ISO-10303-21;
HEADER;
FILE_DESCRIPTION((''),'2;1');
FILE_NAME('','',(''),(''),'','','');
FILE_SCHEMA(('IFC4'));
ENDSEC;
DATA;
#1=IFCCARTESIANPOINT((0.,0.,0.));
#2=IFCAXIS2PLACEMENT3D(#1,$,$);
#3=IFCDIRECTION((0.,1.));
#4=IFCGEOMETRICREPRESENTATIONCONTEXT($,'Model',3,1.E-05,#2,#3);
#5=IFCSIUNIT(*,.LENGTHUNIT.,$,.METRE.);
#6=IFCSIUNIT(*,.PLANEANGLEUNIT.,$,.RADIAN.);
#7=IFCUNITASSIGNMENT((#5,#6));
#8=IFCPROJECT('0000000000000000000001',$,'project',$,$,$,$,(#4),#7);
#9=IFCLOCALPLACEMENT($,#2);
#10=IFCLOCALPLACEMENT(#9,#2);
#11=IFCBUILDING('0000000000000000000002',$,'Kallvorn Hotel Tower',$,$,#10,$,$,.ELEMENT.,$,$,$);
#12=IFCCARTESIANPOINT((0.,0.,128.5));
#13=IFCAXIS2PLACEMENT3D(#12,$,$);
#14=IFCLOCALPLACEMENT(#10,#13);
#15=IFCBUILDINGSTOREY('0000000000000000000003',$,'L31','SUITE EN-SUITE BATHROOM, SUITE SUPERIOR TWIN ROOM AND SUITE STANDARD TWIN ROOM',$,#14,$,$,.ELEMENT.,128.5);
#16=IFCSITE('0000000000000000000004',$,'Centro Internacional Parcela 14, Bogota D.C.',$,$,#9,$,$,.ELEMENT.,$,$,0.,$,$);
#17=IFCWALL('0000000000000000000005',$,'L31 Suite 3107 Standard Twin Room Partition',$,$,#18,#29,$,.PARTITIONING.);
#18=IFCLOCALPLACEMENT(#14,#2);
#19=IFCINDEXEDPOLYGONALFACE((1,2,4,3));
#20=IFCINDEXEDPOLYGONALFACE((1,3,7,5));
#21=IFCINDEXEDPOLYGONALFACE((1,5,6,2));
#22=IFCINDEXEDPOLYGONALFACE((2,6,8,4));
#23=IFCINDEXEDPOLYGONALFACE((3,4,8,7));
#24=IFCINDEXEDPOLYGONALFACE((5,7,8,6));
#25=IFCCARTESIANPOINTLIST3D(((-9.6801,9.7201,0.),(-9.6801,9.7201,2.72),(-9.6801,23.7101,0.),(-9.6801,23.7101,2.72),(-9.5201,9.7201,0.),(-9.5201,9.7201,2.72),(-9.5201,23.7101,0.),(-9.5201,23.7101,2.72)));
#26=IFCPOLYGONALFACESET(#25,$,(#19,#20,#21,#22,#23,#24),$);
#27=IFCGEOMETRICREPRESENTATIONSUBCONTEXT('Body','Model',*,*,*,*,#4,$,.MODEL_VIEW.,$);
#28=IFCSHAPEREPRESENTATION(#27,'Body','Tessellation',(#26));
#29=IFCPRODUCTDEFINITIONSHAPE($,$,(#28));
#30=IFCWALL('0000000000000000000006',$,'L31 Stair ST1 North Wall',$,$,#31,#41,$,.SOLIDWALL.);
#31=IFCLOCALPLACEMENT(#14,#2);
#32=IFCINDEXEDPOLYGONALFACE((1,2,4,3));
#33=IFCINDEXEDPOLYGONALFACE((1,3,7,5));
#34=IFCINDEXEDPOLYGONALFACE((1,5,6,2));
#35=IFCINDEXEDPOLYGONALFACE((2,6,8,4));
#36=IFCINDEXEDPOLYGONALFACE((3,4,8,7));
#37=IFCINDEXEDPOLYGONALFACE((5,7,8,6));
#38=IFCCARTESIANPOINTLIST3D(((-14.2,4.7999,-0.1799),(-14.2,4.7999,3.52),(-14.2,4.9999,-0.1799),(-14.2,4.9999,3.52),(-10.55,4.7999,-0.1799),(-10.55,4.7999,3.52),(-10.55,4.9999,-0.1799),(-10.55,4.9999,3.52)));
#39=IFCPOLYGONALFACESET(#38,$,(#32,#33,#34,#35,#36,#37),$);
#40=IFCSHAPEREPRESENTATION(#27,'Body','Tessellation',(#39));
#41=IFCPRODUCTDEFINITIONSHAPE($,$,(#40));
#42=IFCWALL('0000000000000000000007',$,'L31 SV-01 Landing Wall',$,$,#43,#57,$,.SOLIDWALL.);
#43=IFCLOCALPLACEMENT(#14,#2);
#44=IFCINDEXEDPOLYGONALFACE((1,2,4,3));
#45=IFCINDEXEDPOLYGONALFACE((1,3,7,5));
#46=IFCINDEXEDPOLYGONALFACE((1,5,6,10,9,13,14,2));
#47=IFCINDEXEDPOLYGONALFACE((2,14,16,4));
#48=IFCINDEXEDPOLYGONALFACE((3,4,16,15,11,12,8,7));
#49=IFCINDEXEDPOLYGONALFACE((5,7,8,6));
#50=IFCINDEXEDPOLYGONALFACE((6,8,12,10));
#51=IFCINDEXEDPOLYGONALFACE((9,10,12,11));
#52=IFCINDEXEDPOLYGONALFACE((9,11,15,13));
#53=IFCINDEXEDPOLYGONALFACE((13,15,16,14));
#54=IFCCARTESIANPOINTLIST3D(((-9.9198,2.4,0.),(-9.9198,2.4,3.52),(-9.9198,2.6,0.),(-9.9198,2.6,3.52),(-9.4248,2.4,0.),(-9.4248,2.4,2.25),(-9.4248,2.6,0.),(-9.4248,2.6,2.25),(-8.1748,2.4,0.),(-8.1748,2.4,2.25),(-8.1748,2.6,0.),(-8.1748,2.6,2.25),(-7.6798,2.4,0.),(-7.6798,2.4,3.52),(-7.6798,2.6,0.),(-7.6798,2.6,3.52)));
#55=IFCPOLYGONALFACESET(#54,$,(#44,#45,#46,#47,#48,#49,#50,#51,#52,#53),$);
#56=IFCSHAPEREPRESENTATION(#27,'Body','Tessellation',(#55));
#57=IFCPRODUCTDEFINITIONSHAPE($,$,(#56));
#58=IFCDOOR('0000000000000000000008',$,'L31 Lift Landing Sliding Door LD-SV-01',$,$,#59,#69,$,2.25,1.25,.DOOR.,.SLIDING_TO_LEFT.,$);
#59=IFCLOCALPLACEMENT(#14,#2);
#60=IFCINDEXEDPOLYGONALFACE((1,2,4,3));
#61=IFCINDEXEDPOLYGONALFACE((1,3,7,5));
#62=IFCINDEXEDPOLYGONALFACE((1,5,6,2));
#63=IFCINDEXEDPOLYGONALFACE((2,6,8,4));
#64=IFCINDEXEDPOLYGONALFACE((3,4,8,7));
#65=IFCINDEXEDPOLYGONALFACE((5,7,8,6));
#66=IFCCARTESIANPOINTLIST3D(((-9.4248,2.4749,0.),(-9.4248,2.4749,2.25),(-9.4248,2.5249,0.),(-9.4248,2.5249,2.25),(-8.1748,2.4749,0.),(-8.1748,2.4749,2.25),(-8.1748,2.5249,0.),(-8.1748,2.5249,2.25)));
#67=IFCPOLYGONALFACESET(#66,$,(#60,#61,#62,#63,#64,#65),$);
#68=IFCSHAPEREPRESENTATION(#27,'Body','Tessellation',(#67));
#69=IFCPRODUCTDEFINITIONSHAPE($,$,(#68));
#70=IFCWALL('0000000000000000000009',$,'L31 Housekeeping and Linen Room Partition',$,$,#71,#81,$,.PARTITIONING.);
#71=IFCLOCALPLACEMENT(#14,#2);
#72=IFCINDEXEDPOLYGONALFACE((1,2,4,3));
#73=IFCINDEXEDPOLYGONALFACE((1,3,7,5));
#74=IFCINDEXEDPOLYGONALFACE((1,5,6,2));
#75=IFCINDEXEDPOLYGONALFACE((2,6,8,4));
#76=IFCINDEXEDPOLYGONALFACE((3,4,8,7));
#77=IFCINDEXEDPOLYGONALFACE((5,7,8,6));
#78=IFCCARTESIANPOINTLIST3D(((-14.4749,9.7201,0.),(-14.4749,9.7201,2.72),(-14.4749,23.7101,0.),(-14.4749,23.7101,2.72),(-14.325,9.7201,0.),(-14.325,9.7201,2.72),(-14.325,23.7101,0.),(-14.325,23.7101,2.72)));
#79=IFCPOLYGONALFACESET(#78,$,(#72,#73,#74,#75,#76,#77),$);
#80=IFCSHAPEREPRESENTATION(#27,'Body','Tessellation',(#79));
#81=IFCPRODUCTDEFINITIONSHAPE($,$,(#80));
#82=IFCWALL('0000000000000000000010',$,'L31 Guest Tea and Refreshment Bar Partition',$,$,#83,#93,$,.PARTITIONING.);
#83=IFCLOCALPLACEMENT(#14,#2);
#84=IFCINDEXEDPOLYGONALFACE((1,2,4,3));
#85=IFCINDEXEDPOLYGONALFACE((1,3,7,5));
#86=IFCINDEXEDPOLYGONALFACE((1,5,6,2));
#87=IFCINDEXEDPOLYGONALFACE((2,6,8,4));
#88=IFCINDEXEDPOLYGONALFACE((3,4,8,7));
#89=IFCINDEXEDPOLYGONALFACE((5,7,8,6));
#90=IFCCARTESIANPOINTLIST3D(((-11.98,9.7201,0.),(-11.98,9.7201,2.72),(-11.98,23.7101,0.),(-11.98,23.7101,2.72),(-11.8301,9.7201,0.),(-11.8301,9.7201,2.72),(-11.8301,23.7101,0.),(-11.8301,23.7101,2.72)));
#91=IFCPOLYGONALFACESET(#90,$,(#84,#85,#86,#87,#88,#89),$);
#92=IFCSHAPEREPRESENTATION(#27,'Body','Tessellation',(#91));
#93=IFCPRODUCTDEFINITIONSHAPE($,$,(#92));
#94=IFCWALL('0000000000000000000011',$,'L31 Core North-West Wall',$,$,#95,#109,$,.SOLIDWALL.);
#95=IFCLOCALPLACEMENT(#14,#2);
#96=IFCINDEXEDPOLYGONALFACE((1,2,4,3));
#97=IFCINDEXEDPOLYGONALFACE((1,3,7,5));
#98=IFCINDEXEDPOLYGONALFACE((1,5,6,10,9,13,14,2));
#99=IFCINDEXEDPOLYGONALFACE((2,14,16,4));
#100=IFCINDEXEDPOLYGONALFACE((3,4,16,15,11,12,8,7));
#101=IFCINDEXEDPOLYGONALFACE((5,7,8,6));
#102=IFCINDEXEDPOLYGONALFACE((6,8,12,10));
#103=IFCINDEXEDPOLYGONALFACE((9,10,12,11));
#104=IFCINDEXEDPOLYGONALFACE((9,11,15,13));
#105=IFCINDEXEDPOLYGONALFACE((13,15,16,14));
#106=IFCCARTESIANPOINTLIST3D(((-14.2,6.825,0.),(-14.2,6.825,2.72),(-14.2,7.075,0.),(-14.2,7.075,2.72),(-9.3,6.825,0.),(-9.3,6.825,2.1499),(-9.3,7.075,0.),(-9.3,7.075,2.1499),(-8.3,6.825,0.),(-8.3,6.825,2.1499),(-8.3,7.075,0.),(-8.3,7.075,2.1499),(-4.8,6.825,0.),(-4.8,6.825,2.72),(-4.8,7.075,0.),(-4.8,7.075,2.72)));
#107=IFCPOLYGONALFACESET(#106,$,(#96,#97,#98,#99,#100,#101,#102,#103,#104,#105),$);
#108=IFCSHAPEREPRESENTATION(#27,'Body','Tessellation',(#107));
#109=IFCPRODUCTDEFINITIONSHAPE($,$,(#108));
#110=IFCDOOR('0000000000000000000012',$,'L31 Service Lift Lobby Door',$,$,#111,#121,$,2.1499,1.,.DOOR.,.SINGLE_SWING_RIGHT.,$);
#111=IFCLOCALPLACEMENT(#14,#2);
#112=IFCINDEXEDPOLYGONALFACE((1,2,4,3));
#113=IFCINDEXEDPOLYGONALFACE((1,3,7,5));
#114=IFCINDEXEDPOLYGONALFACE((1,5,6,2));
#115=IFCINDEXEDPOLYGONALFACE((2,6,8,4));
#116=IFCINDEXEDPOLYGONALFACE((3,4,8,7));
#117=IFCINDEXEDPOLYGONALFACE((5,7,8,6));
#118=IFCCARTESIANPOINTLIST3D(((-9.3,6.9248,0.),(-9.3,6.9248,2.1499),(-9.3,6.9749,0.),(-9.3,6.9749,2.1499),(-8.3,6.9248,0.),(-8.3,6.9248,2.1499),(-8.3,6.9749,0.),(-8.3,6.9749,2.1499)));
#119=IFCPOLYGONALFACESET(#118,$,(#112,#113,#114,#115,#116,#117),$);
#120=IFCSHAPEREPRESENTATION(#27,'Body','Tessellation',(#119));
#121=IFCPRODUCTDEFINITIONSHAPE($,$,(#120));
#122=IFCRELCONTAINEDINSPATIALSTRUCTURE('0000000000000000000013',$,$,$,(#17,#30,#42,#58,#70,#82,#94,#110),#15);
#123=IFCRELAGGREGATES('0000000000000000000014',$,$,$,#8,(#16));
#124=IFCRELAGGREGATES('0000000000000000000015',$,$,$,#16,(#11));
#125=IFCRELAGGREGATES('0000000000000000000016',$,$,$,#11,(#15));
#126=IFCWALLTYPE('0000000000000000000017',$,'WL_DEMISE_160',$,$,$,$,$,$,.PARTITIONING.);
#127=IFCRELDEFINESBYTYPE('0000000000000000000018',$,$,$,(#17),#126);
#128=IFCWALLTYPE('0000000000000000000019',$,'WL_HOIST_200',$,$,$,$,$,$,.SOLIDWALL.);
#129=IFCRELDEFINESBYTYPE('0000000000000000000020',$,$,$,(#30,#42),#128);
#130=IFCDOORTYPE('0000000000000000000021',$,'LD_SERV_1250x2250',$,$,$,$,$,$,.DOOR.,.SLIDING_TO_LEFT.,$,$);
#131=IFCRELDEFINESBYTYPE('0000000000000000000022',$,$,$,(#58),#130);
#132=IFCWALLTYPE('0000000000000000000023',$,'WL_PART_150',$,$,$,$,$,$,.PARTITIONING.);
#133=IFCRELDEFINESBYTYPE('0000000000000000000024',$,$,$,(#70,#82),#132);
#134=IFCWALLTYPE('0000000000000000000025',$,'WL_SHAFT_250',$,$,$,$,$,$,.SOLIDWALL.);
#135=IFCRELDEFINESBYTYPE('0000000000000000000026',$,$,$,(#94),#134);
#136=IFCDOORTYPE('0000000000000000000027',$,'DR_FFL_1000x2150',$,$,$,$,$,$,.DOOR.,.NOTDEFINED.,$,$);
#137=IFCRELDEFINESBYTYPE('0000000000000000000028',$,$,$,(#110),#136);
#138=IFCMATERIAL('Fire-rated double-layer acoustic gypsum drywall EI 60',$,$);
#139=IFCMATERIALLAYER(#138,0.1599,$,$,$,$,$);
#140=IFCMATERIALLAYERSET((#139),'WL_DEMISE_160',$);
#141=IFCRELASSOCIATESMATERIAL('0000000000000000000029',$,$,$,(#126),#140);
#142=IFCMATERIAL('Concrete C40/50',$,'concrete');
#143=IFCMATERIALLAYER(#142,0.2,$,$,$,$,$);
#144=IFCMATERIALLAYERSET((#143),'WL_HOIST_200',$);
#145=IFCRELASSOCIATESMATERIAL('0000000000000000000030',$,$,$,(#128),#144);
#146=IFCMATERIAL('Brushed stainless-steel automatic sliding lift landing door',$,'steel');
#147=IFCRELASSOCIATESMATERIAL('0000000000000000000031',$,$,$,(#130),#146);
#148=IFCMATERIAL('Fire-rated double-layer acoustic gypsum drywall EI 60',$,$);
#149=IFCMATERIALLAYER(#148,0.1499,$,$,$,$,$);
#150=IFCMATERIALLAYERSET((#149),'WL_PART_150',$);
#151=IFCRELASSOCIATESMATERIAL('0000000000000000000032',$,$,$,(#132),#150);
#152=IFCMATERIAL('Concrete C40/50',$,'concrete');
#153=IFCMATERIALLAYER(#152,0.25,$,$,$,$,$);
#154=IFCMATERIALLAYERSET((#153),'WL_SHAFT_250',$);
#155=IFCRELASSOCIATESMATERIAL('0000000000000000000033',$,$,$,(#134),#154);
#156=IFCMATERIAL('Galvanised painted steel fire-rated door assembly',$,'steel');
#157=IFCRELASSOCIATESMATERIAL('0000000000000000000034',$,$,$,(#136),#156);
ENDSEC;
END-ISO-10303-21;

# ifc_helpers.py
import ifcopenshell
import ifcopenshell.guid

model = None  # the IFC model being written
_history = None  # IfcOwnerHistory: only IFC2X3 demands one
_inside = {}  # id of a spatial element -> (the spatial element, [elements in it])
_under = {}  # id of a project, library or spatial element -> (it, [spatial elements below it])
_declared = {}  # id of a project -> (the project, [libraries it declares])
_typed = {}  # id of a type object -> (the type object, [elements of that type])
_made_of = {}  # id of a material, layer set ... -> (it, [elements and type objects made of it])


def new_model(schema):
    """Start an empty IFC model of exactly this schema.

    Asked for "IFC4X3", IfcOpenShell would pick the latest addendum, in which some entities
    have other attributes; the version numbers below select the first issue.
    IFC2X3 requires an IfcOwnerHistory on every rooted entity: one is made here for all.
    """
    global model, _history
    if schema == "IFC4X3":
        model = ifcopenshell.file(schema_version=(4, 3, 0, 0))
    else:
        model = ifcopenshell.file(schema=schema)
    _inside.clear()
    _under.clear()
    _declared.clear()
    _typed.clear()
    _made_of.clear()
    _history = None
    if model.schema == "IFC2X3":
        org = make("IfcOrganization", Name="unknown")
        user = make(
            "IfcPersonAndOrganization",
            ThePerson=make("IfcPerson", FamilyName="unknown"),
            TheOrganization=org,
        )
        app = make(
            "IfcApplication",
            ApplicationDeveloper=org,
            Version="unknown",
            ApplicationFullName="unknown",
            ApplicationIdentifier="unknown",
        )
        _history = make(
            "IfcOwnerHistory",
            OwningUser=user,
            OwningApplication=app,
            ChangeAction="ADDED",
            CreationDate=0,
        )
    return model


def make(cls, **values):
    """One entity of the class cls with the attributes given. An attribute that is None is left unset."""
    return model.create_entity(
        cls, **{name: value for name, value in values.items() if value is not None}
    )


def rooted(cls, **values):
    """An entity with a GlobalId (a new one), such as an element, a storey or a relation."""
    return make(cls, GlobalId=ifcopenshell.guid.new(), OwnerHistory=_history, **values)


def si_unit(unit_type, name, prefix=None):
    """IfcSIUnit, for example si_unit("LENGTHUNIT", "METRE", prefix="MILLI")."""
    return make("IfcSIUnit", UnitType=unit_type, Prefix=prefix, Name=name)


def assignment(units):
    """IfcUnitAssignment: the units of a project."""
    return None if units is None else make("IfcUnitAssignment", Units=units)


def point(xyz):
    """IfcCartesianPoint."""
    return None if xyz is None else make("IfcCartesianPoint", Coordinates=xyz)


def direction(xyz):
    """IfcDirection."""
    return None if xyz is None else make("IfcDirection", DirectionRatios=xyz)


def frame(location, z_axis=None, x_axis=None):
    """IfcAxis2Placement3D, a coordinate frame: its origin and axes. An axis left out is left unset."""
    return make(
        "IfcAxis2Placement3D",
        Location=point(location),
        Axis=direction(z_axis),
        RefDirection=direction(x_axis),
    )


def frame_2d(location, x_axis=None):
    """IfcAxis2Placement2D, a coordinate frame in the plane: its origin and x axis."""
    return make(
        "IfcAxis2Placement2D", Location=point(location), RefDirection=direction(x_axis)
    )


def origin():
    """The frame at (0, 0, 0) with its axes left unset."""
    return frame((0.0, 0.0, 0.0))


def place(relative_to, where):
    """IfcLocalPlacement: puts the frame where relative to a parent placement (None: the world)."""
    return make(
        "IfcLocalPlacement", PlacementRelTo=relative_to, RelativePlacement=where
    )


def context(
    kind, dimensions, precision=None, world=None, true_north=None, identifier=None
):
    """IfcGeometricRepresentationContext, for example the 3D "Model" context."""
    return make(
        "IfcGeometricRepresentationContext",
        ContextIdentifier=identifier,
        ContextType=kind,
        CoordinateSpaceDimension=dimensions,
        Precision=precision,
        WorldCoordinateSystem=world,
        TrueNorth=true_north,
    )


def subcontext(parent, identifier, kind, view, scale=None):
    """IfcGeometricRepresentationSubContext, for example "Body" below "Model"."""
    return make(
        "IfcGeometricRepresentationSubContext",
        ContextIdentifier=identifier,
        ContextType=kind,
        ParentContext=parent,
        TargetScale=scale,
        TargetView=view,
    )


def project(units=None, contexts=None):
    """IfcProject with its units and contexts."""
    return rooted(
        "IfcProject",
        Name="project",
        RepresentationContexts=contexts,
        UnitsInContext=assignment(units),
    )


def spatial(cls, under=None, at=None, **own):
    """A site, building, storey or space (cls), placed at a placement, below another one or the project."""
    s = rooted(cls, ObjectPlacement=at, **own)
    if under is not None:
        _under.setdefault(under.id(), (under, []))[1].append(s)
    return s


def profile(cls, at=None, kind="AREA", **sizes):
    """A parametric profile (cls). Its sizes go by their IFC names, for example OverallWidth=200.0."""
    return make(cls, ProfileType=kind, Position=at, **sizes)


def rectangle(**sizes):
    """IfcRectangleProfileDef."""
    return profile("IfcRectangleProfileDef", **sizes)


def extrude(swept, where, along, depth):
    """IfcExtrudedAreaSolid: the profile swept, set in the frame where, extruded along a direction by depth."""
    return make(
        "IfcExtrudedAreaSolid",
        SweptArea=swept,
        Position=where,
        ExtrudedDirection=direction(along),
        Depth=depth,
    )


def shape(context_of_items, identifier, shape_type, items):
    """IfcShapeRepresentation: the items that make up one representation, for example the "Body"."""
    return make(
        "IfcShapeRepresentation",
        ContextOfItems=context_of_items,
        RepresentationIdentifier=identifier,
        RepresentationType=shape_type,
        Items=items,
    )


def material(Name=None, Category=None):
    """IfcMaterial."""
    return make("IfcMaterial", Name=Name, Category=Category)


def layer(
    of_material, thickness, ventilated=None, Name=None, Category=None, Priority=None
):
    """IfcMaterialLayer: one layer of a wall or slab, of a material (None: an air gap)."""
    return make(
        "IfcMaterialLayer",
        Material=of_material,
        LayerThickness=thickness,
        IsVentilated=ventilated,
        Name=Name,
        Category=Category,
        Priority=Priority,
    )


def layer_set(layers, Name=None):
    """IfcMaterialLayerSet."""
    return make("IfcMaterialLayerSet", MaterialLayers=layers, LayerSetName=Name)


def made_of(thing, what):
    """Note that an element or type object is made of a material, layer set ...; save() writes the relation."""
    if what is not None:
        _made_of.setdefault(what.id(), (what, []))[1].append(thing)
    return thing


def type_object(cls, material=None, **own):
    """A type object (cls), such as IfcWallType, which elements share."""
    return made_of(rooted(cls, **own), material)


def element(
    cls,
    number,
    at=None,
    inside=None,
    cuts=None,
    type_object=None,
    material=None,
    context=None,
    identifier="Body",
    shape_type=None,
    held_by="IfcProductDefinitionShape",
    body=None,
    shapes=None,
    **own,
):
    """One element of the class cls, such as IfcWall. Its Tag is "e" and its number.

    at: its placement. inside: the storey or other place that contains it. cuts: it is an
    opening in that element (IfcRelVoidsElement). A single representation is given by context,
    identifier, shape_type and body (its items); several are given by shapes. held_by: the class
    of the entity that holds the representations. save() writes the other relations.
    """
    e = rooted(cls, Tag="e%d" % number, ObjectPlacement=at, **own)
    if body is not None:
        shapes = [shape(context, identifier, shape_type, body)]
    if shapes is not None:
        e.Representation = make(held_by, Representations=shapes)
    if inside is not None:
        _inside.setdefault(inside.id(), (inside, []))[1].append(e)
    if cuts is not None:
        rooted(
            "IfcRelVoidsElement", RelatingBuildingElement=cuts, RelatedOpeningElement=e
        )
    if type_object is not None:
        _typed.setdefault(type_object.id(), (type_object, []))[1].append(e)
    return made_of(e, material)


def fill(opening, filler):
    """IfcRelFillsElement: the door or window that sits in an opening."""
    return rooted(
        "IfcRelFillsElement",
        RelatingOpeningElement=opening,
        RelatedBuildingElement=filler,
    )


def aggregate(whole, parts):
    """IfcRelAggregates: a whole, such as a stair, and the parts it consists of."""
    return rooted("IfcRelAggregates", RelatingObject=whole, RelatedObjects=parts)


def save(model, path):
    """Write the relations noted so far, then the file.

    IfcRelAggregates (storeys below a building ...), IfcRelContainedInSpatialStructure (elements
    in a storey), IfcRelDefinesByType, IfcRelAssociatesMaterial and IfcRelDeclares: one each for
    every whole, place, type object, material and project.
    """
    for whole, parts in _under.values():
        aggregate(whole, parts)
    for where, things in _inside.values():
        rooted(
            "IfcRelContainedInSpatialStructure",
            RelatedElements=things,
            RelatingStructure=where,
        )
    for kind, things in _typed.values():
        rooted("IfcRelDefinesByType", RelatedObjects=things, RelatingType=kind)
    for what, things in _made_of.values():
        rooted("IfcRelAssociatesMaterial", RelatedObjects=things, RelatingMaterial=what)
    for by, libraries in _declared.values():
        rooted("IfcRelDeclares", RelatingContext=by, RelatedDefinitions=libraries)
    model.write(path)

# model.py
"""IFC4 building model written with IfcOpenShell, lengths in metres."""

from ifc_helpers import new_model, si_unit, direction, frame, frame_2d, origin, place, context, subcontext, project, spatial, rectangle, extrude, material, layer, layer_set, type_object, element, fill, save


model = new_model("IFC4")

# Units and contexts
model_context = context("Model", 3, precision=1e-05, world=origin(), true_north=direction((0.0, 1.0)))
body_context = subcontext(model_context, "Body", "Model", "MODEL_VIEW")
ifc_project = project(units=[si_unit("LENGTHUNIT", "METRE"), si_unit("PLANEANGLEUNIT", "RADIAN")], contexts=[model_context])

# Site, building, storey
site_placement = place(None, origin())
site = spatial("IfcSite", under=ifc_project, at=site_placement, Name="Centro Internacional Parcela 14, Bogota D.C.", CompositionType="ELEMENT", RefElevation=0.0)
building_placement = place(site_placement, origin())
building = spatial("IfcBuilding", under=site, at=building_placement, Name="Kallvorn Hotel Tower", CompositionType="ELEMENT")
storey_placement = place(building_placement, frame((0.0, 0.0, 128.5)))
storey = spatial("IfcBuildingStorey", under=building, at=storey_placement, Name="L31", Description="SUITE EN-SUITE BATHROOM, SUITE SUPERIOR TWIN ROOM AND SUITE STANDARD TWIN ROOM", CompositionType="ELEMENT", Elevation=128.5)

# Shared definitions
ifc_material_1 = material(Name="Fire-rated double-layer acoustic gypsum drywall EI 60")
ifc_layer_1 = layer(ifc_material_1, 0.1599)
ifc_layer_set_1 = layer_set([ifc_layer_1], Name="WL_DEMISE_160")
wall_type_1 = type_object("IfcWallType", Name="WL_DEMISE_160", PredefinedType="PARTITIONING", material=ifc_layer_set_1)

# Walls
wall_1_placement = place(storey_placement, frame((-9.6001, 9.72, 0.0), z_axis=(0.0, 0.0, 1.0), x_axis=(0.0, 1.0, 0.0)))
element("IfcWall", 1, at=wall_1_placement, inside=storey, type_object=wall_type_1, Name="L31 Suite 3107 Standard Twin Room Partition", PredefinedType="PARTITIONING", context=body_context, shape_type="SweptSolid", body=[
    extrude(rectangle(XDim=13.99, YDim=0.1599, at=frame_2d((6.9951, 0.0))), origin(), (0.0, 0.0, 1.0), 2.72),
])
ifc_material_2 = material(Name="Concrete C40/50", Category="concrete")
ifc_layer_2 = layer(ifc_material_2, 0.2)
ifc_layer_set_2 = layer_set([ifc_layer_2], Name="WL_HOIST_200")
wall_type_2 = type_object("IfcWallType", Name="WL_HOIST_200", PredefinedType="SOLIDWALL", material=ifc_layer_set_2)
wall_2_placement = place(storey_placement, frame((-14.2, 4.8999, -0.1799), z_axis=(0.0, 0.0, 1.0), x_axis=(1.0, 0.0, 0.0)))
element("IfcWall", 2, at=wall_2_placement, inside=storey, type_object=wall_type_2, Name="L31 Stair ST1 North Wall", PredefinedType="SOLIDWALL", context=body_context, shape_type="SweptSolid", body=[
    extrude(rectangle(XDim=3.6499, YDim=0.2, at=frame_2d((1.825, 0.0))), origin(), (0.0, 0.0, 1.0), 3.7),
])

# Wall, opening, door
wall_3_placement = place(storey_placement, frame((-9.9199, 2.5, 0.0), z_axis=(0.0, 0.0, 1.0), x_axis=(1.0, 0.0, 0.0)))
wall_3 = element("IfcWall", 3, at=wall_3_placement, inside=storey, type_object=wall_type_2, Name="L31 SV-01 Landing Wall", PredefinedType="SOLIDWALL", context=body_context, shape_type="SweptSolid", body=[
    extrude(rectangle(XDim=2.24, YDim=0.2, at=frame_2d((1.1201, 0.0))), origin(), (0.0, 0.0, 1.0), 3.52),
])
opening_1_placement = place(wall_3_placement, frame((0.4951, 0.0, 0.0)))
opening_1 = element("IfcOpeningElement", 4, at=opening_1_placement, cuts=wall_3, PredefinedType="OPENING", context=body_context, shape_type="SweptSolid", body=[
    extrude(rectangle(XDim=1.25, YDim=2.25, at=frame_2d((0.625, 1.125))), frame((0.0, 0.115, 0.0), z_axis=(0.0, -1.0, 0.0), x_axis=(1.0, 0.0, 0.0)), (0.0, 0.0, 1.0), 0.23),
])
ifc_material_3 = material(Name="Brushed stainless-steel automatic sliding lift landing door", Category="steel")
door_type_1 = type_object("IfcDoorType", Name="LD_SERV_1250x2250", OperationType="SLIDING_TO_LEFT", PredefinedType="DOOR", material=ifc_material_3)
door_1_placement = place(opening_1_placement, origin())
door_1 = element("IfcDoor", 5, at=door_1_placement, inside=storey, type_object=door_type_1, Name="L31 Lift Landing Sliding Door LD-SV-01", OperationType="SLIDING_TO_LEFT", OverallHeight=2.25, OverallWidth=1.25, PredefinedType="DOOR", context=body_context, shape_type="SweptSolid", body=[
    extrude(rectangle(XDim=1.25, YDim=2.25, at=frame_2d((0.625, 1.125))), frame((0.0, 0.0249, 0.0), z_axis=(0.0, -1.0, 0.0), x_axis=(1.0, 0.0, 0.0)), (0.0, 0.0, 1.0), 0.05),
])
fill(opening_1, door_1)

# Walls
ifc_material_4 = material(Name="Fire-rated double-layer acoustic gypsum drywall EI 60")
ifc_layer_3 = layer(ifc_material_4, 0.1499)
ifc_layer_set_3 = layer_set([ifc_layer_3], Name="WL_PART_150")
wall_type_3 = type_object("IfcWallType", Name="WL_PART_150", PredefinedType="PARTITIONING", material=ifc_layer_set_3)
for number, where, z_axis, x_axis, name in (
    (6, (-14.3999, 9.72, 0.0), (0.0, 0.0, 1.0), (0.0, 1.0, 0.0), "L31 Housekeeping and Linen Room Partition"),
    (7, (-11.905, 9.72, 0.0), (0.0, 0.0, 1.0), (0.0, 1.0, 0.0), "L31 Guest Tea and Refreshment Bar Partition"),
):
    element("IfcWall", number, at=place(storey_placement, frame(where, z_axis=z_axis, x_axis=x_axis)), inside=storey, type_object=wall_type_3, Name=name, PredefinedType="PARTITIONING", context=body_context, shape_type="SweptSolid", body=[
        extrude(rectangle(XDim=13.99, YDim=0.1499, at=frame_2d((6.9951, 0.0))), origin(), (0.0, 0.0, 1.0), 2.72),
    ])

# Wall, opening, door
ifc_material_5 = material(Name="Concrete C40/50", Category="concrete")
ifc_layer_4 = layer(ifc_material_5, 0.25)
ifc_layer_set_4 = layer_set([ifc_layer_4], Name="WL_SHAFT_250")
wall_type_4 = type_object("IfcWallType", Name="WL_SHAFT_250", PredefinedType="SOLIDWALL", material=ifc_layer_set_4)
wall_4_placement = place(storey_placement, frame((-14.2, 6.95, 0.0), z_axis=(0.0, 0.0, 1.0), x_axis=(1.0, 0.0, 0.0)))
wall_4 = element("IfcWall", 8, at=wall_4_placement, inside=storey, type_object=wall_type_4, Name="L31 Core North-West Wall", PredefinedType="SOLIDWALL", context=body_context, shape_type="SweptSolid", body=[
    extrude(rectangle(XDim=9.3999, YDim=0.25, at=frame_2d((4.7, 0.0))), origin(), (0.0, 0.0, 1.0), 2.72),
])
opening_2_placement = place(wall_4_placement, frame((4.8999, 0.0, 0.0)))
opening_2 = element("IfcOpeningElement", 9, at=opening_2_placement, cuts=wall_4, PredefinedType="OPENING", context=body_context, shape_type="SweptSolid", body=[
    extrude(rectangle(XDim=1.0, YDim=2.1499, at=frame_2d((0.5, 1.075))), frame((0.0, 0.1399, 0.0), z_axis=(0.0, -1.0, 0.0), x_axis=(1.0, 0.0, 0.0)), (0.0, 0.0, 1.0), 0.28),
])
ifc_material_6 = material(Name="Galvanised painted steel fire-rated door assembly", Category="steel")
door_type_2 = type_object("IfcDoorType", Name="DR_FFL_1000x2150", OperationType="NOTDEFINED", PredefinedType="DOOR", material=ifc_material_6)
door_2_placement = place(opening_2_placement, origin())
door_2 = element("IfcDoor", 10, at=door_2_placement, inside=storey, type_object=door_type_2, Name="L31 Service Lift Lobby Door", OperationType="SINGLE_SWING_RIGHT", OverallHeight=2.1499, OverallWidth=1.0, PredefinedType="DOOR", context=body_context, shape_type="SweptSolid", body=[
    extrude(rectangle(XDim=1.0, YDim=2.1499, at=frame_2d((0.5, 1.075))), frame((0.0, 0.0249, 0.0), z_axis=(0.0, -1.0, 0.0), x_axis=(1.0, 0.0, 0.0)), (0.0, 0.0, 1.0), 0.05),
])
fill(opening_2, door_2)

save(model, "model.ifc")
